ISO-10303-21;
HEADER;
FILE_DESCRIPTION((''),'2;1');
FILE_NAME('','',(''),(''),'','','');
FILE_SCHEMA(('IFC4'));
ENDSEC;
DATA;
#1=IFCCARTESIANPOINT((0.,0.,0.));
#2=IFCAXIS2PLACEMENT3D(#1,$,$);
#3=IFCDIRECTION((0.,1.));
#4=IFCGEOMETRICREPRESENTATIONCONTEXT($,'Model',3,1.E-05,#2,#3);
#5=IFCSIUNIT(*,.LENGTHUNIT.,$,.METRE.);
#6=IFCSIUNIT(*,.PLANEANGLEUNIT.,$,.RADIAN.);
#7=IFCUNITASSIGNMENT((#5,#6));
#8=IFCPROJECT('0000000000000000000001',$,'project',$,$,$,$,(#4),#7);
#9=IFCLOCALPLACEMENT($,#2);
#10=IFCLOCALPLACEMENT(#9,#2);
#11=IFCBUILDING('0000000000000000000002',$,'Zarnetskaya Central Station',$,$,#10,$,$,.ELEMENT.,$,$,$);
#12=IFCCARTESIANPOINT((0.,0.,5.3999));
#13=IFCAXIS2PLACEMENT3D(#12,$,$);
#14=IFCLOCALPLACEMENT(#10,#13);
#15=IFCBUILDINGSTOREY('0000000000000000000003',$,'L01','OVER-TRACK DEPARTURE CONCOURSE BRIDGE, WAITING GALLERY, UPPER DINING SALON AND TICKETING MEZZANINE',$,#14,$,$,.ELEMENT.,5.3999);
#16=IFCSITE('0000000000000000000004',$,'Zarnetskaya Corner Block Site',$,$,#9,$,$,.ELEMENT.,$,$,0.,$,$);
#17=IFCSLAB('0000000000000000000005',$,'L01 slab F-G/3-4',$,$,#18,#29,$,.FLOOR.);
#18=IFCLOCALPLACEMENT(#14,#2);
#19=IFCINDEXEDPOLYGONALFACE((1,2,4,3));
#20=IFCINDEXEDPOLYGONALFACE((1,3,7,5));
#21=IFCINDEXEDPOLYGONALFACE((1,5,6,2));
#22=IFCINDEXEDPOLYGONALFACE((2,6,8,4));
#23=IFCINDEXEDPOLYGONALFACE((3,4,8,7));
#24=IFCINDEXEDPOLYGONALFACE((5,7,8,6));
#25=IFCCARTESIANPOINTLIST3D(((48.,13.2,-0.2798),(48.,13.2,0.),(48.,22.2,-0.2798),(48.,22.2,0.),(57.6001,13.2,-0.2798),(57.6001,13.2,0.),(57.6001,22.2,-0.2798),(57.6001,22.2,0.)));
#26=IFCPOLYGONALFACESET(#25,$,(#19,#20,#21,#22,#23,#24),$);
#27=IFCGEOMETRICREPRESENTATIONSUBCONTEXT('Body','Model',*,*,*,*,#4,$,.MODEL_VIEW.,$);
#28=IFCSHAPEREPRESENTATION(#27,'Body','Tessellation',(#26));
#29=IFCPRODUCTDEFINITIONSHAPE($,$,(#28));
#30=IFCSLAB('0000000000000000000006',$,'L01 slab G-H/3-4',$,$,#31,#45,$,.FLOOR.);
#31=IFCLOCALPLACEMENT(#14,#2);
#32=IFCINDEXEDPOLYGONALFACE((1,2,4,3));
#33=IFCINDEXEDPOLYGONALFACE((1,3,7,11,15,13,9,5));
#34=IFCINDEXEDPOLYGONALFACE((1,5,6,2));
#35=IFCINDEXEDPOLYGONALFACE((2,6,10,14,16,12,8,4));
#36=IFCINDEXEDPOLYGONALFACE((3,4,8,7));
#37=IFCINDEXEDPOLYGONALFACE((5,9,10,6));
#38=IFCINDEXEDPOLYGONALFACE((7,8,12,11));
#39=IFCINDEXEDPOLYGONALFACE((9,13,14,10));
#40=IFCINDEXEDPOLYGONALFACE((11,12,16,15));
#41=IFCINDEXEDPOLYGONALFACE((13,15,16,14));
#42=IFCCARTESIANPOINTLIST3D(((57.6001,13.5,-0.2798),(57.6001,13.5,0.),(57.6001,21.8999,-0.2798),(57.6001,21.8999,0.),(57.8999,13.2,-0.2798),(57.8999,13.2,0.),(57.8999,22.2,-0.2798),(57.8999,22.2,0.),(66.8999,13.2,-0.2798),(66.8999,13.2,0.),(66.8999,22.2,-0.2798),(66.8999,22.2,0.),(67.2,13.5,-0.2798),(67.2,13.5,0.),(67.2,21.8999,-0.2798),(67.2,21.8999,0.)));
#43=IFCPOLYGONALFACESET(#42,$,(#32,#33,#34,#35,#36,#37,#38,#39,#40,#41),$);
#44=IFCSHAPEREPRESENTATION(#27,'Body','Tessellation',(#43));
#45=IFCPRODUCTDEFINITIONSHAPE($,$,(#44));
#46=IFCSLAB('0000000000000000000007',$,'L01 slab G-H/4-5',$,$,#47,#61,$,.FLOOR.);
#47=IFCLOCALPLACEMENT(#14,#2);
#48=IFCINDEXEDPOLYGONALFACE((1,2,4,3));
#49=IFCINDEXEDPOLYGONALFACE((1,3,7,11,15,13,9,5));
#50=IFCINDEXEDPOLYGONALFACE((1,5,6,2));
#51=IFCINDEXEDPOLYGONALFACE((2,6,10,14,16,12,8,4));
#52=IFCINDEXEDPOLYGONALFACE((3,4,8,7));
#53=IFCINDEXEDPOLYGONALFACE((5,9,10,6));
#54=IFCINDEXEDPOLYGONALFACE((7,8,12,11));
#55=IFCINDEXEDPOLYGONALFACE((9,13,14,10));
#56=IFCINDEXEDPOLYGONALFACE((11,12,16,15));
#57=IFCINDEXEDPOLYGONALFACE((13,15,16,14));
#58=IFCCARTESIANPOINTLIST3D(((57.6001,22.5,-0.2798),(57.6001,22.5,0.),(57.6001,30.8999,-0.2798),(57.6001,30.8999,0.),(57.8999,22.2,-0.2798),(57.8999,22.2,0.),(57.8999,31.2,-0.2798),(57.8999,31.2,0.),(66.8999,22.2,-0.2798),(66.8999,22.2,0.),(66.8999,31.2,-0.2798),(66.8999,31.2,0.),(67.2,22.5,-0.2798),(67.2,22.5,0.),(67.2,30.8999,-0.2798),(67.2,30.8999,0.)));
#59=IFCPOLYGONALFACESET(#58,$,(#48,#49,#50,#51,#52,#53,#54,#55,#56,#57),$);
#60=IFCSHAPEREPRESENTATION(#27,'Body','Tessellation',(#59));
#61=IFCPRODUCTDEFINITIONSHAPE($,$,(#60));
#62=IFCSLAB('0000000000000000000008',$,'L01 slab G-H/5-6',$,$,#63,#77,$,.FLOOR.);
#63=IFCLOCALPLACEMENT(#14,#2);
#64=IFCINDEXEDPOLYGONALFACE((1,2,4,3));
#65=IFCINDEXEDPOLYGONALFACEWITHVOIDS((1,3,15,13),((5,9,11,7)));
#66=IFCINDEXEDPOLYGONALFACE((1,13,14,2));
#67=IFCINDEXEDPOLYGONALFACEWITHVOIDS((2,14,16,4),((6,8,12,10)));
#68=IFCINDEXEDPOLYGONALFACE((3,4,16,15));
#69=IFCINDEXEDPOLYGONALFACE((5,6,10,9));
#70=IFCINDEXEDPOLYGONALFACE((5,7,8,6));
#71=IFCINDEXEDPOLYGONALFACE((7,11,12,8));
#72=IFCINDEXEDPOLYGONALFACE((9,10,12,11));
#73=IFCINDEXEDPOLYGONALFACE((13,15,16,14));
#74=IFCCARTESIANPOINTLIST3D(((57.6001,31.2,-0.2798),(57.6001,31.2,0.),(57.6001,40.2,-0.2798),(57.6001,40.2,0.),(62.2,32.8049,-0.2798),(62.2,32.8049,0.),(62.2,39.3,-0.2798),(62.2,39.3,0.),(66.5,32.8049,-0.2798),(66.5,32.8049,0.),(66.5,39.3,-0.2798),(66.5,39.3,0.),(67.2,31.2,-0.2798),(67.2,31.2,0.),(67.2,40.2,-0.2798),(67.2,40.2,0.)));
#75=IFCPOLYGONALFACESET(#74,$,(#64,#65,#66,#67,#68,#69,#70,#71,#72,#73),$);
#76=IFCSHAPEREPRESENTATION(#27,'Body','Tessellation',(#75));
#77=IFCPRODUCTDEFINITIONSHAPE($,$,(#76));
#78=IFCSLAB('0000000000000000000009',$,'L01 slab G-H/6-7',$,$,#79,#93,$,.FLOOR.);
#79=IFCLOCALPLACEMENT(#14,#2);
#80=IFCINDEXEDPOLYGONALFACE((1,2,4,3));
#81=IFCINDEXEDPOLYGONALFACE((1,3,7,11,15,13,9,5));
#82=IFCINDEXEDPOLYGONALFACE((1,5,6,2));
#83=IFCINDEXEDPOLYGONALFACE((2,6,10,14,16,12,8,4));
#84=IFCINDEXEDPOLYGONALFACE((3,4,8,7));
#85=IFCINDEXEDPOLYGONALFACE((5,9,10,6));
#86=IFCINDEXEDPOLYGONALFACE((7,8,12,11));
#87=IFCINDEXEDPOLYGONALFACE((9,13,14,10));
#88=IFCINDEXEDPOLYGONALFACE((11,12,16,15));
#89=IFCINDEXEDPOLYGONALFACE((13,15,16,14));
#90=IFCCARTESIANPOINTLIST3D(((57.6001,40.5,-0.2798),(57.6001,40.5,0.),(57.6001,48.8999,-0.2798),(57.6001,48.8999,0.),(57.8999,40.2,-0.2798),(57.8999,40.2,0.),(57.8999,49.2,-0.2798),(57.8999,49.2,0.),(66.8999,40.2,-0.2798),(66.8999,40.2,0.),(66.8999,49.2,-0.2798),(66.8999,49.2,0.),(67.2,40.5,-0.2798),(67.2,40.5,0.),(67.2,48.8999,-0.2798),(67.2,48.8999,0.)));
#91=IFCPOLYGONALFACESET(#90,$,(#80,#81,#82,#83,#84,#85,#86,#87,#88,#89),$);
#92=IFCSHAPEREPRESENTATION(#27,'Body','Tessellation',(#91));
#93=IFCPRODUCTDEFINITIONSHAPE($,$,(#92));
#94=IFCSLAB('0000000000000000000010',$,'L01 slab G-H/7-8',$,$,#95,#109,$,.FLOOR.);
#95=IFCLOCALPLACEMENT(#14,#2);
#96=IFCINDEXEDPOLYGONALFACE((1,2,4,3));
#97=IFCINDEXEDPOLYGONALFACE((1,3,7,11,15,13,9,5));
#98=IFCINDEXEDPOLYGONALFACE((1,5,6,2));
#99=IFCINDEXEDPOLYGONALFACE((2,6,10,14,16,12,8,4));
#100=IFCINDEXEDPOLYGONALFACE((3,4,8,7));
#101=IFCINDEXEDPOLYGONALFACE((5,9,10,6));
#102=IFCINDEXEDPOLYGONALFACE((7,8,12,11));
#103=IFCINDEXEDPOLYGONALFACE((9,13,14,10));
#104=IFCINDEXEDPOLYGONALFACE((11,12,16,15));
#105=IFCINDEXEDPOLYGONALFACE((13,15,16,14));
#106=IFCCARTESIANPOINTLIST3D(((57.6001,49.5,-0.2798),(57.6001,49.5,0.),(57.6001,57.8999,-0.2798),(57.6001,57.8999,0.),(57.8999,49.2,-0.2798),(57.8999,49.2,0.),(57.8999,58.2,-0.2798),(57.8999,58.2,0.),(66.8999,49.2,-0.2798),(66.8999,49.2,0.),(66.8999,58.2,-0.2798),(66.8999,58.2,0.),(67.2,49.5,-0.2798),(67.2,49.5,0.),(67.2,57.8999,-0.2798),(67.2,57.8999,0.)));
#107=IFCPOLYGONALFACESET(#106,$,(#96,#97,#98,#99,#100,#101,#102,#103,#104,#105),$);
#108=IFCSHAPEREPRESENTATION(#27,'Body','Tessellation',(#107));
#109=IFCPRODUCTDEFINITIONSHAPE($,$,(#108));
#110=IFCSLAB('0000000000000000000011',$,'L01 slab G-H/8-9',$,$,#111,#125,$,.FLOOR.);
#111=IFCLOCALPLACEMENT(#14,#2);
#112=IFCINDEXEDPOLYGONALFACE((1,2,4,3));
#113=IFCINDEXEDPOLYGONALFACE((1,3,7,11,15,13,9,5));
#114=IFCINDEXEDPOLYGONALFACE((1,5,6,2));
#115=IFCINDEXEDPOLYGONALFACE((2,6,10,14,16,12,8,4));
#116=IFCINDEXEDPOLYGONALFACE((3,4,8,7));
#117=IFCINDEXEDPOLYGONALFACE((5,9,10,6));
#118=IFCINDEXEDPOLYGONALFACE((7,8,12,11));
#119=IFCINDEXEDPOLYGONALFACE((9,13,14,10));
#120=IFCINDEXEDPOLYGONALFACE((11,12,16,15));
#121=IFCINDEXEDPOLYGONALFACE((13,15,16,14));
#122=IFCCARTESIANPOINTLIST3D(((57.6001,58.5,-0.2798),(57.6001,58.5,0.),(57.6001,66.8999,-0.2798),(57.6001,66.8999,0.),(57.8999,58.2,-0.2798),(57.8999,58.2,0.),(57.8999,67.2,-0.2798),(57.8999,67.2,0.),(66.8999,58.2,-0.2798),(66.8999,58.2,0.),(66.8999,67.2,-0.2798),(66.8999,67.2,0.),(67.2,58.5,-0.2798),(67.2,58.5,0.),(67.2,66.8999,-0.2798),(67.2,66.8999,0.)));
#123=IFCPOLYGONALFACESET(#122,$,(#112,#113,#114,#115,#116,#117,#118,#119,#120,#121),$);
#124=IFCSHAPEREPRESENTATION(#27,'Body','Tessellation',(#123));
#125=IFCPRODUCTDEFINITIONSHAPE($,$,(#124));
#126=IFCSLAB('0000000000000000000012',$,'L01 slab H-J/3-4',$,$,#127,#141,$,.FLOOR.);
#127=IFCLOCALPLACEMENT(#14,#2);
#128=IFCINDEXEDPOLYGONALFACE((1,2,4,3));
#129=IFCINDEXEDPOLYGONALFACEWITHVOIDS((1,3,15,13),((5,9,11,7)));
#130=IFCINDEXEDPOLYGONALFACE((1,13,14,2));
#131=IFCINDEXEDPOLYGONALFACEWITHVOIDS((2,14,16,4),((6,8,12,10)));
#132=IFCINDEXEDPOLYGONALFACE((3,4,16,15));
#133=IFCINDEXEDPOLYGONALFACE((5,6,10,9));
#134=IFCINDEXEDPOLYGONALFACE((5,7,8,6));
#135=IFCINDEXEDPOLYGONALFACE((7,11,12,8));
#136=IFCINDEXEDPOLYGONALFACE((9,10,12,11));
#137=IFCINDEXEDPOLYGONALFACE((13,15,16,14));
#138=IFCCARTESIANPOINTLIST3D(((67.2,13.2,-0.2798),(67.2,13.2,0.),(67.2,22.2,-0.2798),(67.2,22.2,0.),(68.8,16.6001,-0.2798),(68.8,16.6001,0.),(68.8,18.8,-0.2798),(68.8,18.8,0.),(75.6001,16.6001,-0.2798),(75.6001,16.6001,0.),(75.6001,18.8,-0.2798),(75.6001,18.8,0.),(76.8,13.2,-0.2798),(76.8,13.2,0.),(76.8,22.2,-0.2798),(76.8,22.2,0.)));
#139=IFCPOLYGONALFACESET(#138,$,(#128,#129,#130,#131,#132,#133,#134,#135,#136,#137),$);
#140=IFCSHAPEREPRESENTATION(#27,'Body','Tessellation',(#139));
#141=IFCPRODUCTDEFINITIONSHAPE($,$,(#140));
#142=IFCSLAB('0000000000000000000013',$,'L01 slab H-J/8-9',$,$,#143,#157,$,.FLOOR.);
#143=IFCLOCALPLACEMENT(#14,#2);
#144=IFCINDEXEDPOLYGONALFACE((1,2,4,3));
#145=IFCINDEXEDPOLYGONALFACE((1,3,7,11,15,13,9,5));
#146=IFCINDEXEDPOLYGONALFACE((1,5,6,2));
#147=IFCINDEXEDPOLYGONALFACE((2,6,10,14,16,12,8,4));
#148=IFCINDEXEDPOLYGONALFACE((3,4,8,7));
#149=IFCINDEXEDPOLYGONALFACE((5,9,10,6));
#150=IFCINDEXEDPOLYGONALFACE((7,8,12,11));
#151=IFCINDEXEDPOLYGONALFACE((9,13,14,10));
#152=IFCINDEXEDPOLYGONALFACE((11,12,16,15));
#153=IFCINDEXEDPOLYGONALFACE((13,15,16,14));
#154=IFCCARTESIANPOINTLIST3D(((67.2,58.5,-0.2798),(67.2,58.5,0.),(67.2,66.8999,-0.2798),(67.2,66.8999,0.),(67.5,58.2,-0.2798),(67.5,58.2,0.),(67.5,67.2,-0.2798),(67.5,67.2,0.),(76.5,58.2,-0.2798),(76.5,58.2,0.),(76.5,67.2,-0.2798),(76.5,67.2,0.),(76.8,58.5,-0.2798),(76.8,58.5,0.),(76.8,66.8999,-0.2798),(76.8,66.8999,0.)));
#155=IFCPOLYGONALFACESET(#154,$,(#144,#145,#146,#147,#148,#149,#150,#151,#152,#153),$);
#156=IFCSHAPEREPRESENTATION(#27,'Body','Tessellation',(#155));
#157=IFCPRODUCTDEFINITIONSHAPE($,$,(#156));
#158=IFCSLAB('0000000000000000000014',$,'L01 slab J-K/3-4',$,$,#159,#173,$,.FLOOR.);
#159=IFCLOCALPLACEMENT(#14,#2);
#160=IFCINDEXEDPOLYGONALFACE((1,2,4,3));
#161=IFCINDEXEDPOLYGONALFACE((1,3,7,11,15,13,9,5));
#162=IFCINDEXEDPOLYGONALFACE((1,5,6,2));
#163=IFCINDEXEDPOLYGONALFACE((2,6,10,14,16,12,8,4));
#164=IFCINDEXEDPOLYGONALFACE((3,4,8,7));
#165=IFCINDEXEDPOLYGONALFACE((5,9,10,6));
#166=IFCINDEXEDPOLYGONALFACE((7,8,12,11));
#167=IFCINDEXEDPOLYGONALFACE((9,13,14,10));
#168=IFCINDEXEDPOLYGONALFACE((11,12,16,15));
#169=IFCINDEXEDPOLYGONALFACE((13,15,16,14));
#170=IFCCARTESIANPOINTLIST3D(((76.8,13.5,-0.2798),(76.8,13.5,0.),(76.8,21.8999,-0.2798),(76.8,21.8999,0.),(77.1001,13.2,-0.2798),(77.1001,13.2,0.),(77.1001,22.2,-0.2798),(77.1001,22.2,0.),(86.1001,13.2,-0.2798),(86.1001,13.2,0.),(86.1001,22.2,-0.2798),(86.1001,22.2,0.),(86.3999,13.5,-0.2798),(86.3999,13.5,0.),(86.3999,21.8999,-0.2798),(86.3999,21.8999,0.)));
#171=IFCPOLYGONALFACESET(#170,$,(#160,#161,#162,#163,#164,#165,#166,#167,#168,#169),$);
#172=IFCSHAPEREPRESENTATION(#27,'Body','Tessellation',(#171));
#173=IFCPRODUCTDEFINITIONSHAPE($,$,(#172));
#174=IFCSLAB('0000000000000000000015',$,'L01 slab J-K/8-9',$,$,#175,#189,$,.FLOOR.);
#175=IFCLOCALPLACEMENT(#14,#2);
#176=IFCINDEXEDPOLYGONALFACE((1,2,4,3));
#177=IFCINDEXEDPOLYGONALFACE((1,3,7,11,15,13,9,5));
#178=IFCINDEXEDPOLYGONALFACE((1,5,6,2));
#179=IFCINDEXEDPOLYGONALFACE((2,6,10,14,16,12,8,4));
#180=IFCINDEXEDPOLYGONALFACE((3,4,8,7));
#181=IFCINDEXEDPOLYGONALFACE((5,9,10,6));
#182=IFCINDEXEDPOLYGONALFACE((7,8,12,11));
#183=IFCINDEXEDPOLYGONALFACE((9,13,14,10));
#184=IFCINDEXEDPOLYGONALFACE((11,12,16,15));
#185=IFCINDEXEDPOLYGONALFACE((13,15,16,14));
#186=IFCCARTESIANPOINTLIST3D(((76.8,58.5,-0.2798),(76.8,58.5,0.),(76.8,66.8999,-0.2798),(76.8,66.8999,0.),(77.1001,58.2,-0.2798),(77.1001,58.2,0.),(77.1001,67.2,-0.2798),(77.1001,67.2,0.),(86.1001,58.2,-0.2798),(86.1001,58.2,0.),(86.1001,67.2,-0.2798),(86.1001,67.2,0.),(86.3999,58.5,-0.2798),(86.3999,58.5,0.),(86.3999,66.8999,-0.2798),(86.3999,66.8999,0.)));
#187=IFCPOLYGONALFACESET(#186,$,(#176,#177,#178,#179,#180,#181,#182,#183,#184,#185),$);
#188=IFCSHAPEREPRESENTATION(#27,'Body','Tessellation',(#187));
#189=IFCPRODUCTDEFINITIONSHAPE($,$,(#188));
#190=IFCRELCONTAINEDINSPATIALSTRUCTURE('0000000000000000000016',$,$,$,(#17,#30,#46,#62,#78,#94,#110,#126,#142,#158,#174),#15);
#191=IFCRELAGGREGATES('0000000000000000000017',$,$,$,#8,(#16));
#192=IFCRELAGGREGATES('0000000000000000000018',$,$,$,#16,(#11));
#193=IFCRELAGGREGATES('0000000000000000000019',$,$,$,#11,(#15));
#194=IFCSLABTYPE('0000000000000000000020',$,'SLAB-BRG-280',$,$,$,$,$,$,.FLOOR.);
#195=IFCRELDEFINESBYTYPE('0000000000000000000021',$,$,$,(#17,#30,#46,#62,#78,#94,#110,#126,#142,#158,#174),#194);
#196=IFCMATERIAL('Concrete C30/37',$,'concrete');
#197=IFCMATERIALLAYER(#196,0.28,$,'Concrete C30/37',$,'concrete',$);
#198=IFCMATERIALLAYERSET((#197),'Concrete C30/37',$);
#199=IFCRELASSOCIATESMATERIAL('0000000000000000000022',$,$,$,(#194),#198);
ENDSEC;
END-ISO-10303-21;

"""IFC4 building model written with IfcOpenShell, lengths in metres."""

from ifc_helpers import new_model, si_unit, direction, frame, origin, place, context, subcontext, project, spatial, polyline, outline, extrude, material, layer, layer_set, type_object, element, save


model = new_model("IFC4")

# Units and contexts
model_context = context("Model", 3, precision=1e-05, world=origin(), true_north=direction((0.0, 1.0)))
body_context = subcontext(model_context, "Body", "Model", "MODEL_VIEW")
ifc_project = project(units=[si_unit("LENGTHUNIT", "METRE"), si_unit("PLANEANGLEUNIT", "RADIAN")], contexts=[model_context])

# Site, building, storey
site_placement = place(None, origin())
site = spatial("IfcSite", under=ifc_project, at=site_placement, Name="Zarnetskaya Corner Block Site", CompositionType="ELEMENT", RefElevation=0.0)
building_placement = place(site_placement, origin())
building = spatial("IfcBuilding", under=site, at=building_placement, Name="Zarnetskaya Central Station", CompositionType="ELEMENT")
storey_placement = place(building_placement, frame((0.0, 0.0, 5.3999)))
storey = spatial("IfcBuildingStorey", under=building, at=storey_placement, Name="L01", Description="OVER-TRACK DEPARTURE CONCOURSE BRIDGE, WAITING GALLERY, UPPER DINING SALON AND TICKETING MEZZANINE", CompositionType="ELEMENT", Elevation=5.3999)

# Slabs
ifc_material = material(Name="Concrete C30/37", Category="concrete")
ifc_layer = layer(ifc_material, 0.28, Name="Concrete C30/37", Category="concrete")
ifc_layer_set = layer_set([ifc_layer], Name="Concrete C30/37")
slab_type = type_object("IfcSlabType", Name="SLAB-BRG-280", PredefinedType="FLOOR", material=ifc_layer_set)
slab_1_placement = place(storey_placement, frame((0.0, 0.0, -0.2798)))
element("IfcSlab", 1, at=slab_1_placement, inside=storey, type_object=slab_type, Name="L01 slab F-G/3-4", PredefinedType="FLOOR", context=body_context, shape_type="SweptSolid", body=[
    extrude(outline(polyline([(48.0, 13.2), (57.6001, 13.2), (57.6001, 22.2), (48.0, 22.2), (48.0, 13.2)])), origin(), (0.0, 0.0, 1.0), 0.2798),
])
slab_2_placement = place(storey_placement, frame((0.0, 0.0, -0.2798)))
element("IfcSlab", 2, at=slab_2_placement, inside=storey, type_object=slab_type, Name="L01 slab G-H/3-4", PredefinedType="FLOOR", context=body_context, shape_type="SweptSolid", body=[
    extrude(outline(polyline([(57.8999, 13.2), (66.8999, 13.2), (67.2, 13.5), (67.2, 21.8999), (66.8999, 22.2), (57.8999, 22.2), (57.6001, 21.8999), (57.6001, 13.5), (57.8999, 13.2)])), origin(), (0.0, 0.0, 1.0), 0.2798),
])
slab_3_placement = place(storey_placement, frame((0.0, 0.0, -0.2798)))
element("IfcSlab", 3, at=slab_3_placement, inside=storey, type_object=slab_type, Name="L01 slab G-H/4-5", PredefinedType="FLOOR", context=body_context, shape_type="SweptSolid", body=[
    extrude(outline(polyline([(57.8999, 22.2), (66.8999, 22.2), (67.2, 22.5), (67.2, 30.8999), (66.8999, 31.2), (57.8999, 31.2), (57.6001, 30.8999), (57.6001, 22.5), (57.8999, 22.2)])), origin(), (0.0, 0.0, 1.0), 0.2798),
])
slab_4_placement = place(storey_placement, frame((0.0, 0.0, -0.2798)))
element("IfcSlab", 4, at=slab_4_placement, inside=storey, type_object=slab_type, Name="L01 slab G-H/5-6", PredefinedType="FLOOR", context=body_context, shape_type="SweptSolid", body=[
    extrude(outline(polyline([(57.6001, 31.2), (67.2, 31.2), (67.2, 40.2), (57.6001, 40.2), (57.6001, 31.2)]), holes=[polyline([(62.2, 32.8049), (66.5, 32.8049), (66.5, 39.3), (62.2, 39.3), (62.2, 32.8049)])]), origin(), (0.0, 0.0, 1.0), 0.2798),
])
slab_5_placement = place(storey_placement, frame((0.0, 0.0, -0.2798)))
element("IfcSlab", 5, at=slab_5_placement, inside=storey, type_object=slab_type, Name="L01 slab G-H/6-7", PredefinedType="FLOOR", context=body_context, shape_type="SweptSolid", body=[
    extrude(outline(polyline([(57.8999, 40.2), (66.8999, 40.2), (67.2, 40.5), (67.2, 48.8999), (66.8999, 49.2), (57.8999, 49.2), (57.6001, 48.8999), (57.6001, 40.5), (57.8999, 40.2)])), origin(), (0.0, 0.0, 1.0), 0.2798),
])
slab_6_placement = place(storey_placement, frame((0.0, 0.0, -0.2798)))
element("IfcSlab", 6, at=slab_6_placement, inside=storey, type_object=slab_type, Name="L01 slab G-H/7-8", PredefinedType="FLOOR", context=body_context, shape_type="SweptSolid", body=[
    extrude(outline(polyline([(57.8999, 49.2), (66.8999, 49.2), (67.2, 49.5), (67.2, 57.8999), (66.8999, 58.2), (57.8999, 58.2), (57.6001, 57.8999), (57.6001, 49.5), (57.8999, 49.2)])), origin(), (0.0, 0.0, 1.0), 0.2798),
])
slab_7_placement = place(storey_placement, frame((0.0, 0.0, -0.2798)))
element("IfcSlab", 7, at=slab_7_placement, inside=storey, type_object=slab_type, Name="L01 slab G-H/8-9", PredefinedType="FLOOR", context=body_context, shape_type="SweptSolid", body=[
    extrude(outline(polyline([(57.8999, 58.2), (66.8999, 58.2), (67.2, 58.5), (67.2, 66.8999), (66.8999, 67.2), (57.8999, 67.2), (57.6001, 66.8999), (57.6001, 58.5), (57.8999, 58.2)])), origin(), (0.0, 0.0, 1.0), 0.2798),
])
slab_8_placement = place(storey_placement, frame((0.0, 0.0, -0.2798)))
element("IfcSlab", 8, at=slab_8_placement, inside=storey, type_object=slab_type, Name="L01 slab H-J/3-4", PredefinedType="FLOOR", context=body_context, shape_type="SweptSolid", body=[
    extrude(outline(polyline([(67.2, 13.2), (76.8, 13.2), (76.8, 22.2), (67.2, 22.2), (67.2, 13.2)]), holes=[polyline([(68.8, 16.6001), (75.6001, 16.6001), (75.6001, 18.8), (68.8, 18.8), (68.8, 16.6001)])]), origin(), (0.0, 0.0, 1.0), 0.2798),
])
slab_9_placement = place(storey_placement, frame((0.0, 0.0, -0.2798)))
element("IfcSlab", 9, at=slab_9_placement, inside=storey, type_object=slab_type, Name="L01 slab H-J/8-9", PredefinedType="FLOOR", context=body_context, shape_type="SweptSolid", body=[
    extrude(outline(polyline([(67.5, 58.2), (76.5, 58.2), (76.8, 58.5), (76.8, 66.8999), (76.5, 67.2), (67.5, 67.2), (67.2, 66.8999), (67.2, 58.5), (67.5, 58.2)])), origin(), (0.0, 0.0, 1.0), 0.2798),
])
slab_10_placement = place(storey_placement, frame((0.0, 0.0, -0.2798)))
element("IfcSlab", 10, at=slab_10_placement, inside=storey, type_object=slab_type, Name="L01 slab J-K/3-4", PredefinedType="FLOOR", context=body_context, shape_type="SweptSolid", body=[
    extrude(outline(polyline([(77.1001, 13.2), (86.1001, 13.2), (86.3999, 13.5), (86.3999, 21.8999), (86.1001, 22.2), (77.1001, 22.2), (76.8, 21.8999), (76.8, 13.5), (77.1001, 13.2)])), origin(), (0.0, 0.0, 1.0), 0.2798),
])
slab_11_placement = place(storey_placement, frame((0.0, 0.0, -0.2798)))
element("IfcSlab", 11, at=slab_11_placement, inside=storey, type_object=slab_type, Name="L01 slab J-K/8-9", PredefinedType="FLOOR", context=body_context, shape_type="SweptSolid", body=[
    extrude(outline(polyline([(77.1001, 58.2), (86.1001, 58.2), (86.3999, 58.5), (86.3999, 66.8999), (86.1001, 67.2), (77.1001, 67.2), (76.8, 66.8999), (76.8, 58.5), (77.1001, 58.2)])), origin(), (0.0, 0.0, 1.0), 0.2798),
])

save(model, "model.ifc")
